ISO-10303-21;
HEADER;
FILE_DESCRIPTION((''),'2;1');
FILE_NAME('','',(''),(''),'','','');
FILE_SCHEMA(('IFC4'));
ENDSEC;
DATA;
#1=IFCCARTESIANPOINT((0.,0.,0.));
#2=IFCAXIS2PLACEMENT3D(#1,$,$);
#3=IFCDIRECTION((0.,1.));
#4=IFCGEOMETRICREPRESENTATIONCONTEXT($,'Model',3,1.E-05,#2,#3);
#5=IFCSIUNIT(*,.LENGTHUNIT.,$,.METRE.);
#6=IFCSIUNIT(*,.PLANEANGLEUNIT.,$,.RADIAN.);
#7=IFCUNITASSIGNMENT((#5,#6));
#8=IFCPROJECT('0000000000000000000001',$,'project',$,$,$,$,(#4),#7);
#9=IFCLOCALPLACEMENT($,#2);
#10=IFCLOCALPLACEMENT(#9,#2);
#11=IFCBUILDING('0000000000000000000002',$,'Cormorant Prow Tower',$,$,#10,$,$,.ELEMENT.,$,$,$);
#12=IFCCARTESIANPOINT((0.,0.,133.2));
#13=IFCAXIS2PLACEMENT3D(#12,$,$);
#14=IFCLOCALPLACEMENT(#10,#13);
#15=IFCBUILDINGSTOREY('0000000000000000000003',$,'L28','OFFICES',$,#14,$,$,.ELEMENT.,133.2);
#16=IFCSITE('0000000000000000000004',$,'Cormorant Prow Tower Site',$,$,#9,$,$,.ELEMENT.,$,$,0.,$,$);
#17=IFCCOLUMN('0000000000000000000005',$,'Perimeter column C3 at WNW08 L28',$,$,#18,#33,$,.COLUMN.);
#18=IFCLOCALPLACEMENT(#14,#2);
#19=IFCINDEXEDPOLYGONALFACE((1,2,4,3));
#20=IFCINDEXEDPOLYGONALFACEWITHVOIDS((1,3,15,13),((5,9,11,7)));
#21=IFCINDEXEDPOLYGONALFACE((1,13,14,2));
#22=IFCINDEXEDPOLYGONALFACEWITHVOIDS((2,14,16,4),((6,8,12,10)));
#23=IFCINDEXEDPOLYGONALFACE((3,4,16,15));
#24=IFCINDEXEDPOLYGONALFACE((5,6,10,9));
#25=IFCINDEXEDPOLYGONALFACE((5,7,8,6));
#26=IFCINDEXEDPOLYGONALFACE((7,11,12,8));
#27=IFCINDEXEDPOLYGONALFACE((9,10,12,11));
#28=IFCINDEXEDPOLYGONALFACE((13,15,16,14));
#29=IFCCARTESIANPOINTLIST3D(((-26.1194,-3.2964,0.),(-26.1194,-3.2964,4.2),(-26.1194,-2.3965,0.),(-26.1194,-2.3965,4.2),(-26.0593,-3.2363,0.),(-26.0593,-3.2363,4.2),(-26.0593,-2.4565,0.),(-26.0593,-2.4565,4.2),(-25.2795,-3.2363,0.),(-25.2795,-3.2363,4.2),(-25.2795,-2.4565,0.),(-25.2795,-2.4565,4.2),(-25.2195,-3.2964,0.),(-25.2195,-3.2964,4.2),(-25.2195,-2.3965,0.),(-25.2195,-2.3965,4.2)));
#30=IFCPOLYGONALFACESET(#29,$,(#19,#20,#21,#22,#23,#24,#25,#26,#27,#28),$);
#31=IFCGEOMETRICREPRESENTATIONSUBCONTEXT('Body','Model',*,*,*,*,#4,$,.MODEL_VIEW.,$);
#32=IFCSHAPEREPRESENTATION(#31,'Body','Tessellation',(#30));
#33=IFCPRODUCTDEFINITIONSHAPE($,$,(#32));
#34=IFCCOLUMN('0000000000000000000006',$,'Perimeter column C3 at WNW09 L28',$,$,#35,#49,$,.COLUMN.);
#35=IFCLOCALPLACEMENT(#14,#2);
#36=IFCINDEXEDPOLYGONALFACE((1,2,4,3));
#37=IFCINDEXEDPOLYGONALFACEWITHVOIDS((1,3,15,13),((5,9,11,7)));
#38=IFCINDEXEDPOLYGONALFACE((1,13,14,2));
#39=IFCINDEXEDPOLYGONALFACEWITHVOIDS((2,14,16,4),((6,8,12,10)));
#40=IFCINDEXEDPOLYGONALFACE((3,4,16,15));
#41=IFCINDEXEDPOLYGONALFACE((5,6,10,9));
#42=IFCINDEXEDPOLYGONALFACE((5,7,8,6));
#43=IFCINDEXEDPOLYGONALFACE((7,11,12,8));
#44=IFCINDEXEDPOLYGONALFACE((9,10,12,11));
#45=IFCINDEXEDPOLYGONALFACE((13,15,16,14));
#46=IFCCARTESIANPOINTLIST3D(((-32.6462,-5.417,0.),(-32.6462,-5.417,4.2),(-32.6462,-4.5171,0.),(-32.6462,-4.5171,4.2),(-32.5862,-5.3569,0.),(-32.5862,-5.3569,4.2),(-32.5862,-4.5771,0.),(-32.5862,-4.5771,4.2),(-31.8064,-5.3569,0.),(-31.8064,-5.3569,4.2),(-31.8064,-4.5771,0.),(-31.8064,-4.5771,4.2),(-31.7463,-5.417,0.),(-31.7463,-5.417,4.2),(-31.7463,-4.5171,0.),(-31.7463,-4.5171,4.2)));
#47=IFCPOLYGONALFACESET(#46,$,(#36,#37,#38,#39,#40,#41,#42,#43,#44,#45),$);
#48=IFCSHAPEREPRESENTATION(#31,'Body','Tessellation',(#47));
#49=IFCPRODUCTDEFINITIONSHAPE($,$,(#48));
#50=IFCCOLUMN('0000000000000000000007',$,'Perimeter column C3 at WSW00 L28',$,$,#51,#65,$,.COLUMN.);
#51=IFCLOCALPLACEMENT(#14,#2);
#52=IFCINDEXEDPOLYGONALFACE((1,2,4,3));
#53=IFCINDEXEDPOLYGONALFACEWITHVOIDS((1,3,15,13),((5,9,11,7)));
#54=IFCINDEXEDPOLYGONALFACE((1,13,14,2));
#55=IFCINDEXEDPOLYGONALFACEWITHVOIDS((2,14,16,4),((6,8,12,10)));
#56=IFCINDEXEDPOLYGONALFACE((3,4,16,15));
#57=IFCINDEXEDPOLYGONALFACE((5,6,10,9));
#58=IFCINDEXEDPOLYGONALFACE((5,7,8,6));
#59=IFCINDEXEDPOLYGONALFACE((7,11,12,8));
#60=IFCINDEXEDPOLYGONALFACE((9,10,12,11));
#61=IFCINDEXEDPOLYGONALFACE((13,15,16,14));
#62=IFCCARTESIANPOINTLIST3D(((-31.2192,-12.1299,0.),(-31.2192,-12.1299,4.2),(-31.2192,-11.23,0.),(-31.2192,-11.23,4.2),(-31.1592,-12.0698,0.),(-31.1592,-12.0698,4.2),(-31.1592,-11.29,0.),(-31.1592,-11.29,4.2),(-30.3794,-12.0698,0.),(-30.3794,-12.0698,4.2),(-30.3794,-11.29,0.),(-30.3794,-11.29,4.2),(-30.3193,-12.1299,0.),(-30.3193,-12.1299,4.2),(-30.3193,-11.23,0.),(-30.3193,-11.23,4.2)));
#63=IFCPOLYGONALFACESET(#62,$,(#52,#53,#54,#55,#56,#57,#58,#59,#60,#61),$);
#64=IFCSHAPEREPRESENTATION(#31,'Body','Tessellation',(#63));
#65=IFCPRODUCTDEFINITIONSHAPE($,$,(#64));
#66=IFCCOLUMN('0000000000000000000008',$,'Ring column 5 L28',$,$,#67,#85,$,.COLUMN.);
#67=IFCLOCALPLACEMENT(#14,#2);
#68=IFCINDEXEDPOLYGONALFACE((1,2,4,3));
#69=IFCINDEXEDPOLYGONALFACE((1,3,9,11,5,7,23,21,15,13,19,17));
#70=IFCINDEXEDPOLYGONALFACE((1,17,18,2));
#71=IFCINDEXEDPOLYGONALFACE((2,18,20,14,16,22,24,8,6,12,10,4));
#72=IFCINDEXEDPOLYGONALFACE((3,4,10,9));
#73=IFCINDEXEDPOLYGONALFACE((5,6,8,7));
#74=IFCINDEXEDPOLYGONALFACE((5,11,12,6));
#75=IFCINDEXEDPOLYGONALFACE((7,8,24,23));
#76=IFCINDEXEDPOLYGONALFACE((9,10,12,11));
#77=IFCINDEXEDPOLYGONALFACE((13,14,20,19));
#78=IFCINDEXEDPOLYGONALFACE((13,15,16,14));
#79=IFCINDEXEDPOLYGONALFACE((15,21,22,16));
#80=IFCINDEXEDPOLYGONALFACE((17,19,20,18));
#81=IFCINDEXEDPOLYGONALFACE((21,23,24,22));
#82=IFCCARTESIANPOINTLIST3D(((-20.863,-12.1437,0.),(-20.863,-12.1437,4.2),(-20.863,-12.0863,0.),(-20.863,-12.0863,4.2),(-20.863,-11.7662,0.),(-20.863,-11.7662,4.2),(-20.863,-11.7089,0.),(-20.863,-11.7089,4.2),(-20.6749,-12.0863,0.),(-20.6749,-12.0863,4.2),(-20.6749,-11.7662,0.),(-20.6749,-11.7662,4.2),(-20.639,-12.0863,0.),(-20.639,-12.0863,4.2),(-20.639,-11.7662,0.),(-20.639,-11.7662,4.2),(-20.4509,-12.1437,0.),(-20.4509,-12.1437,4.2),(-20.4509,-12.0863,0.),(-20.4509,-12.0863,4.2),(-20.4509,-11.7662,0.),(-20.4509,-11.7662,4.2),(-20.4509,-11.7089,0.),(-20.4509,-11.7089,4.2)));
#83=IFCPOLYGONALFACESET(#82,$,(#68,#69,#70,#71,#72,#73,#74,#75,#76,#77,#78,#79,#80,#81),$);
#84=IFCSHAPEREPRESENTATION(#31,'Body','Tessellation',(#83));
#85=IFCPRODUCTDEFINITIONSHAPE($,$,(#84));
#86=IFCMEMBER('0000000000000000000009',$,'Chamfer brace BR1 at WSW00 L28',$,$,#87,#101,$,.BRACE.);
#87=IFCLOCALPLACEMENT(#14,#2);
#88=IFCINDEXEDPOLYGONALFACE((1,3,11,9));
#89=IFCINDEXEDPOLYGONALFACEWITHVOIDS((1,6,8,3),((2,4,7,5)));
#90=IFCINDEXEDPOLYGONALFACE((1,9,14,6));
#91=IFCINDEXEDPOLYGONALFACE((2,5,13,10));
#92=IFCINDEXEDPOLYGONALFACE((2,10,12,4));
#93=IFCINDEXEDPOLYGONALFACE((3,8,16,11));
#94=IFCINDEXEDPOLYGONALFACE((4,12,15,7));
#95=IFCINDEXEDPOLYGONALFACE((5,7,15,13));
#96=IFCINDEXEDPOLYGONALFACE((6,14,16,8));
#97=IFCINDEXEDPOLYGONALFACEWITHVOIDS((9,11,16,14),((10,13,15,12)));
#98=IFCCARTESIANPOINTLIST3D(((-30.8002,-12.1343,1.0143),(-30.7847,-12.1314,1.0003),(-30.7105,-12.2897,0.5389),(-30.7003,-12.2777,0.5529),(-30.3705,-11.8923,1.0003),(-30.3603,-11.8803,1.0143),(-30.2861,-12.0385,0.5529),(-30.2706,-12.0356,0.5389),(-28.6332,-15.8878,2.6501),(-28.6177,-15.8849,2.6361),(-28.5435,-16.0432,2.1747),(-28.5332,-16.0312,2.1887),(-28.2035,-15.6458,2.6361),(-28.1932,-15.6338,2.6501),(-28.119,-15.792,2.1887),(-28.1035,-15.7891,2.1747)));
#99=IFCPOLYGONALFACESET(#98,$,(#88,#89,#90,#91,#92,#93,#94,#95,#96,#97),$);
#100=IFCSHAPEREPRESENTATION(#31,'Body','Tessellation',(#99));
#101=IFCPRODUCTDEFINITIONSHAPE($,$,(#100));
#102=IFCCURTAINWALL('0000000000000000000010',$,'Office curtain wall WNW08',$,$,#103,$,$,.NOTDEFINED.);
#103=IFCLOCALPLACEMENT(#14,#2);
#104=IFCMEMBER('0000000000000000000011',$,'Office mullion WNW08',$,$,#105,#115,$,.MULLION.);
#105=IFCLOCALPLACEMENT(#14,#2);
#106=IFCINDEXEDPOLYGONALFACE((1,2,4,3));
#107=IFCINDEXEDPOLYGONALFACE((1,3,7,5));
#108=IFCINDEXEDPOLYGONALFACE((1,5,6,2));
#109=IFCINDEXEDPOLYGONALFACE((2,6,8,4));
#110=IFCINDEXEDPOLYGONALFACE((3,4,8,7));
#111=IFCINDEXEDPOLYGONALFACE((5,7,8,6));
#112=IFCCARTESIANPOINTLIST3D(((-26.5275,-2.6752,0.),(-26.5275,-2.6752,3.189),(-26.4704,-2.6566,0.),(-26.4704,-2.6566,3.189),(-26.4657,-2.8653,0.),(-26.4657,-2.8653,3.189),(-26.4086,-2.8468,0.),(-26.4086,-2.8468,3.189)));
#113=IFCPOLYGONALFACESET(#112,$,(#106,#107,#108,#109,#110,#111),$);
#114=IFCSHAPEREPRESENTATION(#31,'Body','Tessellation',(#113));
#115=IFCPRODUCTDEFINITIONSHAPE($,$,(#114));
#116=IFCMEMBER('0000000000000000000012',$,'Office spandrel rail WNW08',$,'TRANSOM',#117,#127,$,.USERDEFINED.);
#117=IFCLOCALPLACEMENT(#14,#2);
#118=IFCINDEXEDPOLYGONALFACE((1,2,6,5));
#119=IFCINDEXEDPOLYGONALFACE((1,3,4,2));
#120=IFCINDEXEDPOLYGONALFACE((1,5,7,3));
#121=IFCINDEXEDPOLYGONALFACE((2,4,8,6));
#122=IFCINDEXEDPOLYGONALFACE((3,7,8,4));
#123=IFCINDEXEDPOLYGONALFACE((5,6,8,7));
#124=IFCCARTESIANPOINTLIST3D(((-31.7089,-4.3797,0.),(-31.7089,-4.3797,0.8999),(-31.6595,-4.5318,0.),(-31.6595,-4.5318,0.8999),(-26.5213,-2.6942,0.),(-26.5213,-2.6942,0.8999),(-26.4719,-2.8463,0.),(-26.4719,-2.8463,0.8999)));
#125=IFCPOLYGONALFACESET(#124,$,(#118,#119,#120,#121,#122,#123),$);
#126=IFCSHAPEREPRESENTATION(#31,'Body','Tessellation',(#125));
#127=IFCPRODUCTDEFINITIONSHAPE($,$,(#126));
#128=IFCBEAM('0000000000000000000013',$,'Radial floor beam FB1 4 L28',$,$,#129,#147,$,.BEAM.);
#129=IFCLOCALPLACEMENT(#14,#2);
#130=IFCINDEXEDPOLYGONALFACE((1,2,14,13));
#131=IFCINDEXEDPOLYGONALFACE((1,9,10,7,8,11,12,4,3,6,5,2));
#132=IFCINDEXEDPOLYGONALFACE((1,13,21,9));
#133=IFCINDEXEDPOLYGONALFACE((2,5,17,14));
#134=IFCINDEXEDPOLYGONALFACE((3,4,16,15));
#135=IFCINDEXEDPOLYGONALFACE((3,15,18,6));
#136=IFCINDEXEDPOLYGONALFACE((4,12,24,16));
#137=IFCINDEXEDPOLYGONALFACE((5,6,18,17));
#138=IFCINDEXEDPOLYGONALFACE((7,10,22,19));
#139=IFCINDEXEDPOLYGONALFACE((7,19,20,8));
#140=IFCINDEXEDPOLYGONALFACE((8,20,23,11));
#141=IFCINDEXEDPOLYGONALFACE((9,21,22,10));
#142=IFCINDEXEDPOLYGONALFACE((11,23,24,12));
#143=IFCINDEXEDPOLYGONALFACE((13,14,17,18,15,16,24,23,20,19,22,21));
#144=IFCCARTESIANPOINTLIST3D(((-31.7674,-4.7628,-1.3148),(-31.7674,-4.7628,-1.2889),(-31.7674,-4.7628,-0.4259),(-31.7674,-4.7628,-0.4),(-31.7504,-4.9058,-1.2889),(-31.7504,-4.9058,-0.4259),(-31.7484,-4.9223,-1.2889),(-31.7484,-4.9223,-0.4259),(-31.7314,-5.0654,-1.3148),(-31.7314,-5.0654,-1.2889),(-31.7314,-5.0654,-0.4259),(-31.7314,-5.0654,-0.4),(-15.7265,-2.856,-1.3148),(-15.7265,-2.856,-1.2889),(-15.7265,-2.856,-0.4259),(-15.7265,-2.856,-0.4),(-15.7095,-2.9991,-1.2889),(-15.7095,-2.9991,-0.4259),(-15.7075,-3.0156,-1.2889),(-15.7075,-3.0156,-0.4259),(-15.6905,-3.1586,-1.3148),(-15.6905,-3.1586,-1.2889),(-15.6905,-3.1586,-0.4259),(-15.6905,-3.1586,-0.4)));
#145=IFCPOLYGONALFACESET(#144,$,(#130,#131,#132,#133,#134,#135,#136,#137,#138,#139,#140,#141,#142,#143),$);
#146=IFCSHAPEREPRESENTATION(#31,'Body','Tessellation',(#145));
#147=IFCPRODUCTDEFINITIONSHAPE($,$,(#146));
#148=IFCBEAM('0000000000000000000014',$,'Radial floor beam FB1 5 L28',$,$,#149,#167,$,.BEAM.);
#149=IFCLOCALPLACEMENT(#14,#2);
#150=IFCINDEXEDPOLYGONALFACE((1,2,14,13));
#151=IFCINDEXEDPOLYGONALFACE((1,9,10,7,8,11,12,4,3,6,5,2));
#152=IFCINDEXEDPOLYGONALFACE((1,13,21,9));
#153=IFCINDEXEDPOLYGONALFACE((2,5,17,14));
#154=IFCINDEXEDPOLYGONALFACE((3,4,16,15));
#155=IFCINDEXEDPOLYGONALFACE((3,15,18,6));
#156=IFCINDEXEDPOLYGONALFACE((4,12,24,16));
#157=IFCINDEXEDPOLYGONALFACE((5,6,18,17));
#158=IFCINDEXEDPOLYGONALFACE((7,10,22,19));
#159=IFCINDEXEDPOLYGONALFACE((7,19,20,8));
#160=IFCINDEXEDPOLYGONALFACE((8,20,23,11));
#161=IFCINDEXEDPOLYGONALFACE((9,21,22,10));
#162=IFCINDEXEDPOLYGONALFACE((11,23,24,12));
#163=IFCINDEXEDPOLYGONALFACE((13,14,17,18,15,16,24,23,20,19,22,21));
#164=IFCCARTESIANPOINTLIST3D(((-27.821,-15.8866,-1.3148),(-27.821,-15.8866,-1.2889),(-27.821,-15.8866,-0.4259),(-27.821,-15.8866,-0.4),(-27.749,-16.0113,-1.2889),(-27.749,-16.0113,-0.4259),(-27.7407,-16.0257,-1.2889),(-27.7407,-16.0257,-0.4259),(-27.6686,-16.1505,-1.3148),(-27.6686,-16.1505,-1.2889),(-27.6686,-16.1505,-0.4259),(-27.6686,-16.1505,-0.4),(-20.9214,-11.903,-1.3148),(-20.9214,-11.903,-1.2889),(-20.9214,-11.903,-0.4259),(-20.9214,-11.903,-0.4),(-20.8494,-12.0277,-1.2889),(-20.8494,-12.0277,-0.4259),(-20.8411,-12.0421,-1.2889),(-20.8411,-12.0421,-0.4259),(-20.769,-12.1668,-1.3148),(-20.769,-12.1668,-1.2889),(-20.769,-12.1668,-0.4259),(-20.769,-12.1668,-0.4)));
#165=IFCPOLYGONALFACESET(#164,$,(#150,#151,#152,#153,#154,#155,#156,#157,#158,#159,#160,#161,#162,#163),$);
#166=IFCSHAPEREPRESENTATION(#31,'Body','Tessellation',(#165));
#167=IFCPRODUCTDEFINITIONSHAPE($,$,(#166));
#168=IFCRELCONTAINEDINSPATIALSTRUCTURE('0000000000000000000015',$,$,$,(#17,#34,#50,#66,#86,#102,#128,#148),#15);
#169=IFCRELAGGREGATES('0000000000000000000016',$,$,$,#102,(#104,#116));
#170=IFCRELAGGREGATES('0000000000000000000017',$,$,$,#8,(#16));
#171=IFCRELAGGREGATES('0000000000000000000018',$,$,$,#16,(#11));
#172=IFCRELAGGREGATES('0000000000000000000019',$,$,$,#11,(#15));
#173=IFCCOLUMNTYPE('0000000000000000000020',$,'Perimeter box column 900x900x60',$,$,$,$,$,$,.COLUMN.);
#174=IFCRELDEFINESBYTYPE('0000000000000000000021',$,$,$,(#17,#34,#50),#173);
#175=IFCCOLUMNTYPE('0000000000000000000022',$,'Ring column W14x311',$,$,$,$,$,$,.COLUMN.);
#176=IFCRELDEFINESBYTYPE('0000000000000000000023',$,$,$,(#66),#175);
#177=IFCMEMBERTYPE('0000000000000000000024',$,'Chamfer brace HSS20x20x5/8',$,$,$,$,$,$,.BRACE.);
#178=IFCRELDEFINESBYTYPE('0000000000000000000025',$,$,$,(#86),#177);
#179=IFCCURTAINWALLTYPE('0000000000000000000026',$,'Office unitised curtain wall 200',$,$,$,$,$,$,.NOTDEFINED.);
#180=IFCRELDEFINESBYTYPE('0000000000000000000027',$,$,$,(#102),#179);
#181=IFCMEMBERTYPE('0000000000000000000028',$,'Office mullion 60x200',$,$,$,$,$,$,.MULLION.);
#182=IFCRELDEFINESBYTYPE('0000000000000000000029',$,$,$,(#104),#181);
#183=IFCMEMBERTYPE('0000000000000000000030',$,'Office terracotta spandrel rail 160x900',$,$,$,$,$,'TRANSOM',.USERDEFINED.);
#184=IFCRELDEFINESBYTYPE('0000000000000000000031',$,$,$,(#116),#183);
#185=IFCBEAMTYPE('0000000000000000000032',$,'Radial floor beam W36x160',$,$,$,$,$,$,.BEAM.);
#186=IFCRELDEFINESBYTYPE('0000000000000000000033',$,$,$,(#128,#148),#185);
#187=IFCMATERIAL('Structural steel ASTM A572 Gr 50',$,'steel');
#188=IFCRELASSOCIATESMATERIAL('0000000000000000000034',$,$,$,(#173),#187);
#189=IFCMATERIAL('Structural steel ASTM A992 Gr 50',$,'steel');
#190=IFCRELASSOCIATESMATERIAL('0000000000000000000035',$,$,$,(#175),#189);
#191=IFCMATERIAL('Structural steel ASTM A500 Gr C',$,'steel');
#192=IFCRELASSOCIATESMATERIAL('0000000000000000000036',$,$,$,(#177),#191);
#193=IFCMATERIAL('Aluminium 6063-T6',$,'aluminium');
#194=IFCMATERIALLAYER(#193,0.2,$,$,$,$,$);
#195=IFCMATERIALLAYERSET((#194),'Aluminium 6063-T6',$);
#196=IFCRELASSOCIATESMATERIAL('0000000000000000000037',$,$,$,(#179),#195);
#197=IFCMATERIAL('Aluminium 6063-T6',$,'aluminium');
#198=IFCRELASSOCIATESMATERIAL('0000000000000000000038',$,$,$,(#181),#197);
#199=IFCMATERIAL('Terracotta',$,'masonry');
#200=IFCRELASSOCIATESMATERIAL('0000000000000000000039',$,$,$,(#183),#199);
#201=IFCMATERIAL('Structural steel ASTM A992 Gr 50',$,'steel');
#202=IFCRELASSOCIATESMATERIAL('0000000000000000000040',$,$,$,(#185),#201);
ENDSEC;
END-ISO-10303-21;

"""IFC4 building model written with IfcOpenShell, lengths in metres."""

from ifc_helpers import new_model, si_unit, direction, frame, origin, origin_2d, place, context, subcontext, project, spatial, rectangle, hollow_rectangle, i_section, extrude, material, layer, layer_set, material_profile, profile_set, type_object, element, aggregate, save


model = new_model("IFC4")

# Units and contexts
model_context = context("Model", 3, precision=1e-05, world=origin(), true_north=direction((0.0, 1.0)))
body_context = subcontext(model_context, "Body", "Model", "MODEL_VIEW")
ifc_project = project(units=[si_unit("LENGTHUNIT", "METRE"), si_unit("PLANEANGLEUNIT", "RADIAN")], contexts=[model_context])

# Site, building, storey
site_placement = place(None, origin())
site = spatial("IfcSite", under=ifc_project, at=site_placement, Name="Cormorant Prow Tower Site", CompositionType="ELEMENT", RefElevation=0.0)
building_placement = place(site_placement, origin())
building = spatial("IfcBuilding", under=site, at=building_placement, Name="Cormorant Prow Tower", CompositionType="ELEMENT")
storey_placement = place(building_placement, frame((0.0, 0.0, 133.2)))
storey = spatial("IfcBuildingStorey", under=building, at=storey_placement, Name="L28", Description="OFFICES", CompositionType="ELEMENT", Elevation=133.2)

# Columns
ifc_material_1 = material(Name="Structural steel ASTM A572 Gr 50", Category="steel")
ifc_material_profile_1 = material_profile(ifc_material_1, hollow_rectangle(XDim=0.8999, YDim=0.8999, WallThickness=0.0601, at=origin_2d()), Name="Box 900x900x60")
ifc_profile_set_1 = profile_set([ifc_material_profile_1], Name="Structural steel ASTM A572 Gr 50")
column_type_1 = type_object("IfcColumnType", Name="Perimeter box column 900x900x60", PredefinedType="COLUMN", material=ifc_profile_set_1)
for number, where, z_axis, x_axis, name in (
    (1, (-25.6694, -2.8464, 0.0), (0.0, 0.0, 1.0), (1.0, 0.0, 0.0), "Perimeter column C3 at WNW08 L28"),
    (2, (-32.1963, -4.967, 0.0), (0.0, 0.0, 1.0), (1.0, 0.0, 0.0), "Perimeter column C3 at WNW09 L28"),
    (3, (-30.7693, -11.6799, 0.0), (0.0, 0.0, 1.0), (1.0, 0.0, 0.0), "Perimeter column C3 at WSW00 L28"),
):
    element("IfcColumn", number, at=place(storey_placement, frame(where, z_axis=z_axis, x_axis=x_axis)), inside=storey, type_object=column_type_1, Name=name, PredefinedType="COLUMN", context=body_context, shape_type="SweptSolid", body=[
        extrude(hollow_rectangle(XDim=0.8999, YDim=0.8999, WallThickness=0.0601, at=origin_2d()), origin(), (0.0, 0.0, 1.0), 4.2),
    ])
ifc_material_2 = material(Name="Structural steel ASTM A992 Gr 50", Category="steel")
ifc_material_profile_2 = material_profile(ifc_material_2, i_section(OverallWidth=0.4121, OverallDepth=0.4348, WebThickness=0.0359, FlangeThickness=0.0574, at=origin_2d()), Name="W14x311")
ifc_profile_set_2 = profile_set([ifc_material_profile_2], Name="Structural steel ASTM A992 Gr 50")
column_type_2 = type_object("IfcColumnType", Name="Ring column W14x311", PredefinedType="COLUMN", material=ifc_profile_set_2)
column_placement = place(storey_placement, frame((-20.657, -11.9263, 0.0), z_axis=(0.0, 0.0, 1.0), x_axis=(1.0, 0.0, 0.0)))
element("IfcColumn", 4, at=column_placement, inside=storey, type_object=column_type_2, Name="Ring column 5 L28", PredefinedType="COLUMN", context=body_context, shape_type="SweptSolid", body=[
    extrude(i_section(OverallWidth=0.4121, OverallDepth=0.4348, WebThickness=0.0359, FlangeThickness=0.0574, at=origin_2d()), origin(), (0.0, 0.0, 1.0), 4.2),
])

# Member
ifc_material_3 = material(Name="Structural steel ASTM A500 Gr C", Category="steel")
ifc_material_profile_3 = material_profile(ifc_material_3, hollow_rectangle(XDim=0.5081, YDim=0.5081, WallThickness=0.0149, at=origin_2d()), Name="HSS20x20x5/8")
ifc_profile_set_3 = profile_set([ifc_material_profile_3], Name="Structural steel ASTM A500 Gr C")
member_type_1 = type_object("IfcMemberType", Name="Chamfer brace HSS20x20x5/8", PredefinedType="BRACE", material=ifc_profile_set_3)
member_1_placement = place(storey_placement, frame((-30.5354, -12.085, 0.7766), z_axis=(0.467785, -0.810244, 0.353105), x_axis=(0.86603, 0.499992, 0.0)))
element("IfcMember", 5, at=member_1_placement, inside=storey, type_object=member_type_1, Name="Chamfer brace BR1 at WSW00 L28", PredefinedType="BRACE", context=body_context, shape_type="SweptSolid", body=[
    extrude(hollow_rectangle(XDim=0.5081, YDim=0.5081, WallThickness=0.0149, at=origin_2d()), origin(), (0.0, 0.0, 1.0), 4.6326),
])

# Curtain wall, members
ifc_material_4 = material(Name="Aluminium 6063-T6", Category="aluminium")
ifc_layer_1 = layer(ifc_material_4, 0.2)
ifc_layer_set_1 = layer_set([ifc_layer_1], Name="Aluminium 6063-T6")
curtain_wall_type = type_object("IfcCurtainWallType", Name="Office unitised curtain wall 200", PredefinedType="NOTDEFINED", material=ifc_layer_set_1)
curtain_wall_placement = place(storey_placement, origin())
curtain_wall = element("IfcCurtainWall", 6, at=curtain_wall_placement, inside=storey, type_object=curtain_wall_type, Name="Office curtain wall WNW08", PredefinedType="NOTDEFINED")
ifc_material_5 = material(Name="Aluminium 6063-T6", Category="aluminium")
ifc_material_profile_4 = material_profile(ifc_material_5, rectangle(XDim=0.2, YDim=0.0601, at=origin_2d()), Name="Office mullion 60x200")
ifc_profile_set_4 = profile_set([ifc_material_profile_4], Name="Aluminium 6063-T6")
member_type_2 = type_object("IfcMemberType", Name="Office mullion 60x200", PredefinedType="MULLION", material=ifc_profile_set_4)
member_2_placement = place(storey_placement, frame((-26.468, -2.761, 0.0), z_axis=(0.0, 0.0, 1.0), x_axis=(0.309017, -0.951056, 0.0)))
member_2 = element("IfcMember", 7, at=member_2_placement, type_object=member_type_2, Name="Office mullion WNW08", PredefinedType="MULLION", context=body_context, shape_type="SweptSolid", body=[
    extrude(rectangle(XDim=0.2, YDim=0.0601, at=origin_2d()), origin(), (0.0, 0.0, 1.0), 3.189),
])
ifc_material_6 = material(Name="Terracotta", Category="masonry")
ifc_material_profile_5 = material_profile(ifc_material_6, rectangle(XDim=0.1599, YDim=0.8999, at=origin_2d()), Name="Office terracotta spandrel rail 160x900")
ifc_profile_set_5 = profile_set([ifc_material_profile_5], Name="Terracotta")
member_type_3 = type_object("IfcMemberType", Name="Office terracotta spandrel rail 160x900", ElementType="TRANSOM", PredefinedType="USERDEFINED", material=ifc_profile_set_5)
member_3_placement = place(storey_placement, frame((-26.4966, -2.7703, 0.45), z_axis=(-0.951059, -0.309008, 0.0), x_axis=(0.309008, -0.951059, 0.0)))
member_3 = element("IfcMember", 8, at=member_3_placement, type_object=member_type_3, Name="Office spandrel rail WNW08", ObjectType="TRANSOM", PredefinedType="USERDEFINED", context=body_context, shape_type="SweptSolid", body=[
    extrude(rectangle(XDim=0.1599, YDim=0.8999, at=origin_2d()), origin(), (0.0, 0.0, 1.0), 5.4546),
])

# Beams
ifc_material_7 = material(Name="Structural steel ASTM A992 Gr 50", Category="steel")
ifc_material_profile_6 = material_profile(ifc_material_7, i_section(OverallWidth=0.3047, OverallDepth=0.9148, WebThickness=0.0166, FlangeThickness=0.0259, at=origin_2d()), Name="W36x160")
ifc_profile_set_6 = profile_set([ifc_material_profile_6], Name="Structural steel ASTM A992 Gr 50")
beam_type_1 = type_object("IfcBeamType", Name="Radial floor beam W36x160", PredefinedType="BEAM", material=ifc_profile_set_6)
beam_1_placement = place(storey_placement, frame((-15.7085, -3.0073, -0.8574), z_axis=(-0.993009, -0.118037, 0.0), x_axis=(0.118037, -0.993009, 0.0)))
element("IfcBeam", 9, at=beam_1_placement, inside=storey, type_object=beam_type_1, Name="Radial floor beam FB1 4 L28", PredefinedType="BEAM", context=body_context, shape_type="SweptSolid", body=[
    extrude(i_section(OverallWidth=0.3047, OverallDepth=0.9148, WebThickness=0.0166, FlangeThickness=0.0259, at=origin_2d()), origin(), (0.0, 0.0, 1.0), 16.1538),
])
beam_2_placement = place(storey_placement, frame((-20.8452, -12.0349, -0.8574), z_axis=(-0.866019, -0.500012, 0.0), x_axis=(0.500012, -0.866019, 0.0)))
element("IfcBeam", 10, at=beam_2_placement, inside=storey, type_object=beam_type_1, Name="Radial floor beam FB1 5 L28", PredefinedType="BEAM", context=body_context, shape_type="SweptSolid", body=[
    extrude(i_section(OverallWidth=0.3047, OverallDepth=0.9148, WebThickness=0.0166, FlangeThickness=0.0259, at=origin_2d()), origin(), (0.0, 0.0, 1.0), 7.967),
])

aggregate(curtain_wall, [member_2, member_3])

save(model, "model.ifc")
